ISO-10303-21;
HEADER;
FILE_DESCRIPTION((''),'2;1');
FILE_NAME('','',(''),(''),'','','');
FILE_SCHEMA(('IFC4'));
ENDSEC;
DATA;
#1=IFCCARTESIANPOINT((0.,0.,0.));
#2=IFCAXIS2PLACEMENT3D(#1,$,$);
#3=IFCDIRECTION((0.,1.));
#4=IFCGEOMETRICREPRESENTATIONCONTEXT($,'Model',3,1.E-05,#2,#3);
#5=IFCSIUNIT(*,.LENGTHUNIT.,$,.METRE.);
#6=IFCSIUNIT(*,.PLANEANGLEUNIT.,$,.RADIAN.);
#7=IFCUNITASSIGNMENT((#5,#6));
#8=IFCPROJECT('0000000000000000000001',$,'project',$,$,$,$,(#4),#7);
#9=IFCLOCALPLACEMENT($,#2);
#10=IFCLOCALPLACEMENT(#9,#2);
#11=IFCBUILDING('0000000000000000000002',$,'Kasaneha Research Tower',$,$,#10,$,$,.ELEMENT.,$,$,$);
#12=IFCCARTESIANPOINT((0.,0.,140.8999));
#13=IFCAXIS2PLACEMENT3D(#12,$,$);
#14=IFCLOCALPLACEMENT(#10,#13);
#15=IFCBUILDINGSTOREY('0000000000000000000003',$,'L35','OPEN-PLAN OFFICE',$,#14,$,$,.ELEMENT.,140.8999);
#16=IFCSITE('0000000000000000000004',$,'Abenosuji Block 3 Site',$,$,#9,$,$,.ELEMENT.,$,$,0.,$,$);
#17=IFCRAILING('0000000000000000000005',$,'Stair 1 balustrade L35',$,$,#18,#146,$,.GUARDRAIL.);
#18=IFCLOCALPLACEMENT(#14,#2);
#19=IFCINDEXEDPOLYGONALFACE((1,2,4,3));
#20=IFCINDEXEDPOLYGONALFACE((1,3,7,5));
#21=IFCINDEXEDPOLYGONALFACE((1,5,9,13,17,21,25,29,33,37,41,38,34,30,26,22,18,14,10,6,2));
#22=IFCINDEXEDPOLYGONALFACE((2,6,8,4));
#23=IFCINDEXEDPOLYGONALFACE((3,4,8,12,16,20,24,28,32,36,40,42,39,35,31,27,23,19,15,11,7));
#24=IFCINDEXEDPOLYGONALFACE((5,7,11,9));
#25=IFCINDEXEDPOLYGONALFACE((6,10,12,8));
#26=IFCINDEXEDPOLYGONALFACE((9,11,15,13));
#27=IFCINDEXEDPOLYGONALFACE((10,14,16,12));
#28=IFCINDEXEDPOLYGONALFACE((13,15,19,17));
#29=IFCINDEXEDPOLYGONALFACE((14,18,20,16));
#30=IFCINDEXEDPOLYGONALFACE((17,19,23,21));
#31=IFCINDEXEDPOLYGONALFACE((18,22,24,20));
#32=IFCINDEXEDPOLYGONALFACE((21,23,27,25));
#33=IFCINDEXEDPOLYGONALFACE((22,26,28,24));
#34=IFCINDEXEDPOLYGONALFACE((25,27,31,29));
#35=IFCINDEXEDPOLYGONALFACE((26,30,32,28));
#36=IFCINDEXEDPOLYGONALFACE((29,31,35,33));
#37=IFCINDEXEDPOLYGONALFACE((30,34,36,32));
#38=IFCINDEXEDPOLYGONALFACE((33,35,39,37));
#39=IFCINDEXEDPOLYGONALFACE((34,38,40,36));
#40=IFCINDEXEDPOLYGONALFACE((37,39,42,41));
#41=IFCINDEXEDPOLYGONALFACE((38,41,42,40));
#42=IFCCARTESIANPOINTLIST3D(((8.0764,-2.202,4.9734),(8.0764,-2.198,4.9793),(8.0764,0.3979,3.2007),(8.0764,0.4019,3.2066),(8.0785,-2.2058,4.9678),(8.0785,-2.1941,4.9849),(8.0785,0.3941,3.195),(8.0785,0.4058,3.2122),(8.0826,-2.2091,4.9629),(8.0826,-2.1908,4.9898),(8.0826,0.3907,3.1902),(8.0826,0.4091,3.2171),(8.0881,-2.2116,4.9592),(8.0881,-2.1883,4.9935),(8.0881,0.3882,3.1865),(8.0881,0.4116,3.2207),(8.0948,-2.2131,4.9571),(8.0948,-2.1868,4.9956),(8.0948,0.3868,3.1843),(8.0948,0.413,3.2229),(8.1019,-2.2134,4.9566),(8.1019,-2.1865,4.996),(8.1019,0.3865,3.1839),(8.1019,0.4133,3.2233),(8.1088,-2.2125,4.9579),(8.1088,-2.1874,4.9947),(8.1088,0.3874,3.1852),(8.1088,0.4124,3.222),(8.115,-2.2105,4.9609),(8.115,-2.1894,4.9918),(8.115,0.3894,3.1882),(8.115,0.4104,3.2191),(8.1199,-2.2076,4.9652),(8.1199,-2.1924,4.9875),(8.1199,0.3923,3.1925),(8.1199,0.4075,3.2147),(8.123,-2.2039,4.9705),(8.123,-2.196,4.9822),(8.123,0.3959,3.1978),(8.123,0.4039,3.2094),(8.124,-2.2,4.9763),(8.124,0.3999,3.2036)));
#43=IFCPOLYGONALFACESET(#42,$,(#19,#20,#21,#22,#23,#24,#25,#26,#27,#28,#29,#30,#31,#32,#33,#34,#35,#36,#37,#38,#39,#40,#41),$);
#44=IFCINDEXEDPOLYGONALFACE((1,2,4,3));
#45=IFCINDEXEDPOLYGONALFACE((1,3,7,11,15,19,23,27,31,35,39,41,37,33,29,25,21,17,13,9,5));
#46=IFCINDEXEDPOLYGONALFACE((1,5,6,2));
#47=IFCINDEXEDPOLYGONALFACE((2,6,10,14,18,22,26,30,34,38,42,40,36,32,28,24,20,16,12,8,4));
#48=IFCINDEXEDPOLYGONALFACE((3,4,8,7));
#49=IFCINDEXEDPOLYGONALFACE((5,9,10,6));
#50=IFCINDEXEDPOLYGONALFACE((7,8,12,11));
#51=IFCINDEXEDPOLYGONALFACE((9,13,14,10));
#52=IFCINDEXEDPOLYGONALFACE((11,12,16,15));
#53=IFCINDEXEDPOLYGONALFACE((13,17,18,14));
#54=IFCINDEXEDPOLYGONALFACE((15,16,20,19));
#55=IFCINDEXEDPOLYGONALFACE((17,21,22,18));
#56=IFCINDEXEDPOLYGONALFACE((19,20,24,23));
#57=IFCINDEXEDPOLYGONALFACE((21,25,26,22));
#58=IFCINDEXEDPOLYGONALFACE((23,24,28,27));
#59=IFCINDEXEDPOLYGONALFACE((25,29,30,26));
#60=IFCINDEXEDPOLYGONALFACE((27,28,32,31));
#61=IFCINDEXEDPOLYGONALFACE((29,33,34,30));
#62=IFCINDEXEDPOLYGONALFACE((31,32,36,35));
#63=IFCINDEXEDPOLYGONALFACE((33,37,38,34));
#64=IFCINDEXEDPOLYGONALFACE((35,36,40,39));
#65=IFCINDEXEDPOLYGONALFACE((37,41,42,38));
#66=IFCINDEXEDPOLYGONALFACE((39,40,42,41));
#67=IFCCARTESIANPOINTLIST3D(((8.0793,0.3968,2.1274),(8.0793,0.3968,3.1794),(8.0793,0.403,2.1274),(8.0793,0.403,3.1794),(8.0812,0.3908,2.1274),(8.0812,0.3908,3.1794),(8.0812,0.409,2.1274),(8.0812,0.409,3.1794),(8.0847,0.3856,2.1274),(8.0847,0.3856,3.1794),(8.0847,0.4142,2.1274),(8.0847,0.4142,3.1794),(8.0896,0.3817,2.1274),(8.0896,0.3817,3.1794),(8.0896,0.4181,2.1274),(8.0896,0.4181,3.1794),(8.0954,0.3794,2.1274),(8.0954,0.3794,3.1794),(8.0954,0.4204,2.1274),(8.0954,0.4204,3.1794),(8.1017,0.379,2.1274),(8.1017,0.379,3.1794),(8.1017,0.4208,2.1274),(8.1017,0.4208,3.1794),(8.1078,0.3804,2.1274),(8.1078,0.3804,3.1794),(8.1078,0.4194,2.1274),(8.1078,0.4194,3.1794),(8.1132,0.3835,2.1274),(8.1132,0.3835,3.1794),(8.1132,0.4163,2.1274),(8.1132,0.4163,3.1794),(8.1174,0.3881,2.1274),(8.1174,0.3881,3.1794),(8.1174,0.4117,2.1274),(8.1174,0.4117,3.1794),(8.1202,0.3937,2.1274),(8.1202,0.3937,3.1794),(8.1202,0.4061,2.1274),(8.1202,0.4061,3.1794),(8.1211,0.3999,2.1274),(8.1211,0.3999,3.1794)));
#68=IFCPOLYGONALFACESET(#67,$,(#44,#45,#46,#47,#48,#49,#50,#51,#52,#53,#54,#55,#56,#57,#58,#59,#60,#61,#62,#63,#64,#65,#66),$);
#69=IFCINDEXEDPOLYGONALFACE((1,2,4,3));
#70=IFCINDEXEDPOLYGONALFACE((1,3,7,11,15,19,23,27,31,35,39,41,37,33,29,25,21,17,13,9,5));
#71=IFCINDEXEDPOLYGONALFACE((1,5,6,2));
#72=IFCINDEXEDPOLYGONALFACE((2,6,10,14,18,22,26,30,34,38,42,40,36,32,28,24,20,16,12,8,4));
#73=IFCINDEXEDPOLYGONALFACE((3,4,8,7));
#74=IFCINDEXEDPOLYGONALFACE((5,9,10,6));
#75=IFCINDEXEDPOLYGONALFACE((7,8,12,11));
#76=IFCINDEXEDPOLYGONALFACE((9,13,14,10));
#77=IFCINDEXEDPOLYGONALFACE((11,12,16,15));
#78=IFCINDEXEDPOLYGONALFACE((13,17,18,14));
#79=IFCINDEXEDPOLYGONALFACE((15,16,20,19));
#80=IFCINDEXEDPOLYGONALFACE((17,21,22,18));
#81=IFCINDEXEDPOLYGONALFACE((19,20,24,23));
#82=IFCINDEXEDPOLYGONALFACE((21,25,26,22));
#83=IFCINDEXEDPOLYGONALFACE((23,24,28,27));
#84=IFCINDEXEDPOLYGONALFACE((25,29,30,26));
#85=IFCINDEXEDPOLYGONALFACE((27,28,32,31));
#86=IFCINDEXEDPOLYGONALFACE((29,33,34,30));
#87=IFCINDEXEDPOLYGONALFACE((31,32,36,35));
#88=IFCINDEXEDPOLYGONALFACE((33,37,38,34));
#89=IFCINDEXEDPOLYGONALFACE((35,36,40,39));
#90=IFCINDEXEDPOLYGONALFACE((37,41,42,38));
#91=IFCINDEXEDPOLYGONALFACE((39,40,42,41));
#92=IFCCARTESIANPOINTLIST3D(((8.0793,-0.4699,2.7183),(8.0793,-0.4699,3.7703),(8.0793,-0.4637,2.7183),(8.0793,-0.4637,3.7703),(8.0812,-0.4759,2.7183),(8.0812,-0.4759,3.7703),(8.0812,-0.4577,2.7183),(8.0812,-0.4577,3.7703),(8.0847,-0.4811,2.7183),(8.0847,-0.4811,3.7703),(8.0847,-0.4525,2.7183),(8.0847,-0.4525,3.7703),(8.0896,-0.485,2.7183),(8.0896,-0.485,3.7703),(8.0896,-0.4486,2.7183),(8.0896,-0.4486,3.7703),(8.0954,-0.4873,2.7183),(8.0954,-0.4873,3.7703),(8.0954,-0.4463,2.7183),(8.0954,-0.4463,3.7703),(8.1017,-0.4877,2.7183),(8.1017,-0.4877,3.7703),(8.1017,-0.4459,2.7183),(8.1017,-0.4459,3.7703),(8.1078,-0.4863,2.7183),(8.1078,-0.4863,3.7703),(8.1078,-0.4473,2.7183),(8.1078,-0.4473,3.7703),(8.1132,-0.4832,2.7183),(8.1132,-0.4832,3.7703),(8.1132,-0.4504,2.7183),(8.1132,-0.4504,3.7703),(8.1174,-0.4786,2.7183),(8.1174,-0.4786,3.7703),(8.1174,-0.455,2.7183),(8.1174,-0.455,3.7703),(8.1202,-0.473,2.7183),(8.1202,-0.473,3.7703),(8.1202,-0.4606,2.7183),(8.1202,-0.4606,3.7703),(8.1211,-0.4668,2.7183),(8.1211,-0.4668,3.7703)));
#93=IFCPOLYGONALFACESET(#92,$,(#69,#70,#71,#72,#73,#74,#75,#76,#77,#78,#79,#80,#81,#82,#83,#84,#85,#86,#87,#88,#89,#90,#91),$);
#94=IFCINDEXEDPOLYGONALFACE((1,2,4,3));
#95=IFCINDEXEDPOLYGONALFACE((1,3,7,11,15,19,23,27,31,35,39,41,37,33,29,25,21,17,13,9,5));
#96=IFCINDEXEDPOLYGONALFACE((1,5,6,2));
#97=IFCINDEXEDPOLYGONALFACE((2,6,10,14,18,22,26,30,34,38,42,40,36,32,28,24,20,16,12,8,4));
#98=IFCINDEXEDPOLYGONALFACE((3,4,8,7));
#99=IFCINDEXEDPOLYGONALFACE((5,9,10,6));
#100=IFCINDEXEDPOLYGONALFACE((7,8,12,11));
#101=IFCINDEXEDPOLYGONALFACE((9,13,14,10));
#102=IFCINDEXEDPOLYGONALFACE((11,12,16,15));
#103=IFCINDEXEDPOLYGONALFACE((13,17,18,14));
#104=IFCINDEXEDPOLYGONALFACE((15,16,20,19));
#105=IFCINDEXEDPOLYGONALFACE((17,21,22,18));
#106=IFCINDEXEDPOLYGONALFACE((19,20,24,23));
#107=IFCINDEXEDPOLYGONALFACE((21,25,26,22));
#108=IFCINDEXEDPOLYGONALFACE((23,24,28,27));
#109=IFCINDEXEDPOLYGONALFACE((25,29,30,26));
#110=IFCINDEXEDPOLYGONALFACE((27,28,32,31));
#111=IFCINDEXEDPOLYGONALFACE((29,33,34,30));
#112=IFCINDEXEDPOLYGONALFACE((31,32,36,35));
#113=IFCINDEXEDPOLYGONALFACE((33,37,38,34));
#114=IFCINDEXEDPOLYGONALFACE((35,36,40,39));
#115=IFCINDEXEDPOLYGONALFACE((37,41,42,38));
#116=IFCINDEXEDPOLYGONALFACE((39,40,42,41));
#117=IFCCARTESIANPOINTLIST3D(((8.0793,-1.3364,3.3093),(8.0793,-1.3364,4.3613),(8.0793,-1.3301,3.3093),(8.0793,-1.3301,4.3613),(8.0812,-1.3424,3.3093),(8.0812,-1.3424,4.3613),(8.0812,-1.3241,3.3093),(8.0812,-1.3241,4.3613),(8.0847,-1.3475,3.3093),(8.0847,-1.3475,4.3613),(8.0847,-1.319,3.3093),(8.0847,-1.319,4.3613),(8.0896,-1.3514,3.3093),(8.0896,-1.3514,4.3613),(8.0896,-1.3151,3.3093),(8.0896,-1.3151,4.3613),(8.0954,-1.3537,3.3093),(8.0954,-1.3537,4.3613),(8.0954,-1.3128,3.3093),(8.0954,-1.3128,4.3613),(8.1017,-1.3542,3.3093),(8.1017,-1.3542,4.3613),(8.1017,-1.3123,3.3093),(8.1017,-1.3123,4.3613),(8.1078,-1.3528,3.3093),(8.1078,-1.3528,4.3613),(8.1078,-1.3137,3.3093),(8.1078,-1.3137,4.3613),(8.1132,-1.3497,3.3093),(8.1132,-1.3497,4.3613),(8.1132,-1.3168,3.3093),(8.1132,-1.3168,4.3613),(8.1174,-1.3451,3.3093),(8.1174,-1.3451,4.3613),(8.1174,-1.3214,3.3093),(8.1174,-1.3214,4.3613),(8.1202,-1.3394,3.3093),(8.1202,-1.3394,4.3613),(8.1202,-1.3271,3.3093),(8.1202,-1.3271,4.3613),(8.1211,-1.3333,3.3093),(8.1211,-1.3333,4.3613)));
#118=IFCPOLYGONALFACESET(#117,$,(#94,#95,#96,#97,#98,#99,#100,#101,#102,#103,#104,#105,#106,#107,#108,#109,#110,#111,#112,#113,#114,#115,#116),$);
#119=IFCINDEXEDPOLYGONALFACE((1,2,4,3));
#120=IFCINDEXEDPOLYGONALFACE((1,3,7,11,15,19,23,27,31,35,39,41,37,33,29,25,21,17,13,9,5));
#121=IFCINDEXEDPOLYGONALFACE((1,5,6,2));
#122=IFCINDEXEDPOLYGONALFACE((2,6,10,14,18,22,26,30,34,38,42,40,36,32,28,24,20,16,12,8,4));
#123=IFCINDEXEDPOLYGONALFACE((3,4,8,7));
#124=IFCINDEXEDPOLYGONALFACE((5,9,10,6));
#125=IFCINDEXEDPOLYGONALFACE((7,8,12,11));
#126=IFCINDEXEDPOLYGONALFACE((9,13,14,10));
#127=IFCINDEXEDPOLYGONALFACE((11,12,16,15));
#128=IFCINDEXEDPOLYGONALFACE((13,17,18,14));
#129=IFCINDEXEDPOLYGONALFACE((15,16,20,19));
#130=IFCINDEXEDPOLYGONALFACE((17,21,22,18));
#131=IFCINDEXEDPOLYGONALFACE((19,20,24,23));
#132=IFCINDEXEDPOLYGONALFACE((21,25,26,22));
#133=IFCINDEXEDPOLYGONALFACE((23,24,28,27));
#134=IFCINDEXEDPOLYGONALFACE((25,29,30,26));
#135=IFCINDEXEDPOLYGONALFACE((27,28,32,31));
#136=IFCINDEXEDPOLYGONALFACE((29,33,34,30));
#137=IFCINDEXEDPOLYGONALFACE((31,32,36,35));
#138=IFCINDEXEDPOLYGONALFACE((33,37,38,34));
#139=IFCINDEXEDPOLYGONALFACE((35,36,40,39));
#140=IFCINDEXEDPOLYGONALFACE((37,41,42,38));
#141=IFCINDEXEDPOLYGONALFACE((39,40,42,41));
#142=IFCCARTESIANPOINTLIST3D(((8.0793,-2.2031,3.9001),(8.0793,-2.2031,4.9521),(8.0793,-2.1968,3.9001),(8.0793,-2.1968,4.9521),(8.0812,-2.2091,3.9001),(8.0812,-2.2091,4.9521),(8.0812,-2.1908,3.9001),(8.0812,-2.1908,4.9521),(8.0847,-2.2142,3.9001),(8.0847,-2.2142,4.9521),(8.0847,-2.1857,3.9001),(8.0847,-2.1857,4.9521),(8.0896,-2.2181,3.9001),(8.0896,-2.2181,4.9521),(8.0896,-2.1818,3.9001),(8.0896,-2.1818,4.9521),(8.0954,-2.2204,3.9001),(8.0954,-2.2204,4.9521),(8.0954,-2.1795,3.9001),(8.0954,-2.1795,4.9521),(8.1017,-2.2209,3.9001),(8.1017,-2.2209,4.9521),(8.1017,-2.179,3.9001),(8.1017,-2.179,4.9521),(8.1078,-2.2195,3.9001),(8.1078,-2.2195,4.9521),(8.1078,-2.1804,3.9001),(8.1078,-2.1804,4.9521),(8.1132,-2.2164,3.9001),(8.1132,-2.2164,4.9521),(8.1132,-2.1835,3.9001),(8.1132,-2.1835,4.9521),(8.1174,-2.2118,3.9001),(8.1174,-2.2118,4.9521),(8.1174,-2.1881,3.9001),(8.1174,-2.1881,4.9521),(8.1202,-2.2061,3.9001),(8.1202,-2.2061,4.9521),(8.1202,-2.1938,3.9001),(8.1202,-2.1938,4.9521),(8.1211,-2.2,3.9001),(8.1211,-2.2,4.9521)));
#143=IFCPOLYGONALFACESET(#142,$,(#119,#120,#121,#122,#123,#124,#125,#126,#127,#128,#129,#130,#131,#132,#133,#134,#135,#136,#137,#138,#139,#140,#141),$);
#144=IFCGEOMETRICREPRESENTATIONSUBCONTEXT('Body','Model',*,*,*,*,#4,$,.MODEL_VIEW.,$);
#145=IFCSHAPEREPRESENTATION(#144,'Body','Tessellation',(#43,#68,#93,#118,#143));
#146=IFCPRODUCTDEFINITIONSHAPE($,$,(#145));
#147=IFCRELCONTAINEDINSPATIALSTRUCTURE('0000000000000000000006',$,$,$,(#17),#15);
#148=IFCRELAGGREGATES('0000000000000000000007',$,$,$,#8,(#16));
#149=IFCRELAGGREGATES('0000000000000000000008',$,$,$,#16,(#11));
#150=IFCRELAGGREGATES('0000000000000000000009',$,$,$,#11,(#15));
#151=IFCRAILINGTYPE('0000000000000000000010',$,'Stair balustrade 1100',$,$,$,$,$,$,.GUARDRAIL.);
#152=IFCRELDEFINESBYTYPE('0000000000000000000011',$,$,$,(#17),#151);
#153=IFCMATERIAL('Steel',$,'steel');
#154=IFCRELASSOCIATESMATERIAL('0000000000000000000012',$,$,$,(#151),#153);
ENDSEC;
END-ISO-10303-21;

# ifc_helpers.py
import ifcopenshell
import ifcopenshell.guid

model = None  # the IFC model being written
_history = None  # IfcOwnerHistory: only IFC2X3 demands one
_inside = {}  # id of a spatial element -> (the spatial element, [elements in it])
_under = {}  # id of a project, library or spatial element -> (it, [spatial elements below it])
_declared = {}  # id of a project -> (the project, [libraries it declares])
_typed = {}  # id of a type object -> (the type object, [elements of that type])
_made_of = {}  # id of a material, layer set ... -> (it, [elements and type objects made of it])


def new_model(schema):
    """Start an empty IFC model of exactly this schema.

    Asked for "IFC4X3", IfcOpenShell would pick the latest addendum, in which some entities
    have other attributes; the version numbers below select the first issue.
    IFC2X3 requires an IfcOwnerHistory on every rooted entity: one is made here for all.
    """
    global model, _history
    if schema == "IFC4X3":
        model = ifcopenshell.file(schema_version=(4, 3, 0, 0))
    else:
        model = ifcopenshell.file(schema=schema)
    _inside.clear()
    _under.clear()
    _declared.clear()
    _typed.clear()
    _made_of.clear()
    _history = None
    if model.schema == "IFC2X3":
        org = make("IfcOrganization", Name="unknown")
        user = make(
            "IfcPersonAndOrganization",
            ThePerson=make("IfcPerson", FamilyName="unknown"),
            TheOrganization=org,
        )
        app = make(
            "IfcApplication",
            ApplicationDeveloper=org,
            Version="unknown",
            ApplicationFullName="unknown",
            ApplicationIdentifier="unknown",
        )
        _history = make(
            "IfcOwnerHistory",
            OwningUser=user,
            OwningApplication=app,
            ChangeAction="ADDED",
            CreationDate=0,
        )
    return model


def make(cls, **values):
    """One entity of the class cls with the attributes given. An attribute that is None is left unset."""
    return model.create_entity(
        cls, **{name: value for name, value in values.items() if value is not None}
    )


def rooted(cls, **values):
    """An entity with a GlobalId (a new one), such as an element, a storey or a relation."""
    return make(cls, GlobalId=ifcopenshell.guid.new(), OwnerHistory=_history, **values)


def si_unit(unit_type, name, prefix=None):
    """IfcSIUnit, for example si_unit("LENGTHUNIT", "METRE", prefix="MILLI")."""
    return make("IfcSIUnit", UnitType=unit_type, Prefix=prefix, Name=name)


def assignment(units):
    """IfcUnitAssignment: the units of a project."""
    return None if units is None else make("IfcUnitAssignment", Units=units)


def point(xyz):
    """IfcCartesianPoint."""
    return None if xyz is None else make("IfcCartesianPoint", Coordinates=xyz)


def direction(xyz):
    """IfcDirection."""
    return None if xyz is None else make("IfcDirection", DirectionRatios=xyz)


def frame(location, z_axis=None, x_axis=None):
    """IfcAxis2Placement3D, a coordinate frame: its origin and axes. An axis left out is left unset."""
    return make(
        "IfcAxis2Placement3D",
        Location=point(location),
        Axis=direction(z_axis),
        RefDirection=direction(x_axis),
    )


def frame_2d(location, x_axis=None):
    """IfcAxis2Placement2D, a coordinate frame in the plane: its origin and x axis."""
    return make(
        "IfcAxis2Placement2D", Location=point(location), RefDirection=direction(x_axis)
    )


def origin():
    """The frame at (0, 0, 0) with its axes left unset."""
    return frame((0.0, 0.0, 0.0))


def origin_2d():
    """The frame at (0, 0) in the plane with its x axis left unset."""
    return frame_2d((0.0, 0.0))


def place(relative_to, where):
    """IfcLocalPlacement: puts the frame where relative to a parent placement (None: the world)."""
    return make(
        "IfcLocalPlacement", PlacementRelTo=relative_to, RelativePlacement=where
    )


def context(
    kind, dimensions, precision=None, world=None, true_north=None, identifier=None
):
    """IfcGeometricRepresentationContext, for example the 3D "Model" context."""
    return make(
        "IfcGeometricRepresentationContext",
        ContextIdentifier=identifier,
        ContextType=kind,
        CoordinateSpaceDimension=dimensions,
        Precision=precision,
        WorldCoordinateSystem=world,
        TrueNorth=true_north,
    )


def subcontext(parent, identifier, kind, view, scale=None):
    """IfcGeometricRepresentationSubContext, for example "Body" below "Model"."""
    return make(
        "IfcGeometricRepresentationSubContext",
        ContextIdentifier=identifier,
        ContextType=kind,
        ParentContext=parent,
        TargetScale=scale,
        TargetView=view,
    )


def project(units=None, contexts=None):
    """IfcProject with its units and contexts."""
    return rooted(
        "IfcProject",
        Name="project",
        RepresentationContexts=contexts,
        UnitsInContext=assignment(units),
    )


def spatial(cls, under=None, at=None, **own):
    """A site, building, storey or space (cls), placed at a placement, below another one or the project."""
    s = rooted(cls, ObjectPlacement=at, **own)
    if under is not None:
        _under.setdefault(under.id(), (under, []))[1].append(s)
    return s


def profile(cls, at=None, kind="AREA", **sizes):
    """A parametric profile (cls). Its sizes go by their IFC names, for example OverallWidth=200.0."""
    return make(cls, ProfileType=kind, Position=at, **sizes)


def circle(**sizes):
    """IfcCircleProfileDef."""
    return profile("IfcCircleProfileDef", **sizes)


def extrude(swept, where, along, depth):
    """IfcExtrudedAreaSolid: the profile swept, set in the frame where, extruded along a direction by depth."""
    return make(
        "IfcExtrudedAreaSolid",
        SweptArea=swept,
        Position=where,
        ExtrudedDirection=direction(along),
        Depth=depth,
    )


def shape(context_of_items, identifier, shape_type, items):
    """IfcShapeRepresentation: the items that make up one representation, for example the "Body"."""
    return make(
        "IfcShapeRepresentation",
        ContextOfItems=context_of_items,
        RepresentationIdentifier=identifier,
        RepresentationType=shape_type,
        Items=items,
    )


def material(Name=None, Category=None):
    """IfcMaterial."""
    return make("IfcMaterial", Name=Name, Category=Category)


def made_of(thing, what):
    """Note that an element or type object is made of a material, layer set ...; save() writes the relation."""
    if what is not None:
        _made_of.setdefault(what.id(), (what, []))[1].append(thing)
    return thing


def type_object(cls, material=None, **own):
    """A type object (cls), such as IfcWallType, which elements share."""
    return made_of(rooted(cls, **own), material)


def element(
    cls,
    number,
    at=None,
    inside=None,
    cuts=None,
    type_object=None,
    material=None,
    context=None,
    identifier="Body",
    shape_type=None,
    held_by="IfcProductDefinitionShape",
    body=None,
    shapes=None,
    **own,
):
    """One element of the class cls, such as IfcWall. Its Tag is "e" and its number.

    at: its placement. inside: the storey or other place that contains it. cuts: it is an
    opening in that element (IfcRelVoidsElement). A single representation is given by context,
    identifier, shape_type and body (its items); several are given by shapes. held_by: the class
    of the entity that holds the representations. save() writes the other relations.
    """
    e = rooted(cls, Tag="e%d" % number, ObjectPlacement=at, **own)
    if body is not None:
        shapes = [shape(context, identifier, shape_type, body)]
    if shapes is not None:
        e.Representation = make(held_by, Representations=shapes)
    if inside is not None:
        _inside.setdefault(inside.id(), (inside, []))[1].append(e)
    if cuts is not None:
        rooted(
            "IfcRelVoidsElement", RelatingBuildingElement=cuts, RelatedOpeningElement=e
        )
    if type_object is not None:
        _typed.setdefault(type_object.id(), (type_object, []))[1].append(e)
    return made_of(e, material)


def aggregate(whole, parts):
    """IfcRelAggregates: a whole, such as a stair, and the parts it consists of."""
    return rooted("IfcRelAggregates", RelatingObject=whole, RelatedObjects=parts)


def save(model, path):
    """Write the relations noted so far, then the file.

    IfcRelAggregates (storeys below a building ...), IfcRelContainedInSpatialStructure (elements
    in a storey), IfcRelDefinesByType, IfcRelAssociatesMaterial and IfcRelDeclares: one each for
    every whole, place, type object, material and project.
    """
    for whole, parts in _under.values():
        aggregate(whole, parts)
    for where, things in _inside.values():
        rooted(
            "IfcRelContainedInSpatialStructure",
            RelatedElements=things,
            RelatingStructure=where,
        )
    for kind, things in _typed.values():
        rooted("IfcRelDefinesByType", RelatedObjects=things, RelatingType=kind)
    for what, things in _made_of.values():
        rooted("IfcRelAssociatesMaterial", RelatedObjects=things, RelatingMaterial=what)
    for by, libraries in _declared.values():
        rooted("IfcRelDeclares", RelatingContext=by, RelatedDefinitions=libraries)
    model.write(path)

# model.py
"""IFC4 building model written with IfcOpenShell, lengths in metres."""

from ifc_helpers import new_model, si_unit, direction, frame, origin, origin_2d, place, context, subcontext, project, spatial, circle, extrude, material, type_object, element, save


model = new_model("IFC4")

# Units and contexts
model_context = context("Model", 3, precision=1e-05, world=origin(), true_north=direction((0.0, 1.0)))
body_context = subcontext(model_context, "Body", "Model", "MODEL_VIEW")
ifc_project = project(units=[si_unit("LENGTHUNIT", "METRE"), si_unit("PLANEANGLEUNIT", "RADIAN")], contexts=[model_context])

# Site, building, storey
site_placement = place(None, origin())
site = spatial("IfcSite", under=ifc_project, at=site_placement, Name="Abenosuji Block 3 Site", CompositionType="ELEMENT", RefElevation=0.0)
building_placement = place(site_placement, origin())
building = spatial("IfcBuilding", under=site, at=building_placement, Name="Kasaneha Research Tower", CompositionType="ELEMENT")
storey_placement = place(building_placement, frame((0.0, 0.0, 140.8999)))
storey = spatial("IfcBuildingStorey", under=building, at=storey_placement, Name="L35", Description="OPEN-PLAN OFFICE", CompositionType="ELEMENT", Elevation=140.8999)

# Railing
ifc_material_1 = material(Name="Steel", Category="steel")
railing_type = type_object("IfcRailingType", Name="Stair balustrade 1100", PredefinedType="GUARDRAIL", material=ifc_material_1)
railing_placement = place(storey_placement, frame((8.1001, 0.3999, 2.1274)))
element("IfcRailing", 1, at=railing_placement, inside=storey, type_object=railing_type, Name="Stair 1 balustrade L35", PredefinedType="GUARDRAIL", context=body_context, shape_type="SweptSolid", body=[
    extrude(circle(Radius=0.0239, at=origin_2d()), frame((0.0, 0.0, 1.0762), z_axis=(0.0, -0.826216, 0.563354), x_axis=(1.0, 0.0, 0.0)), (0.0, 0.0, 1.0), 3.1467),
    extrude(circle(Radius=0.021, at=origin_2d()), origin(), (0.0, 0.0, 1.0), 1.052),
    extrude(circle(Radius=0.021, at=origin_2d()), frame((0.0, -0.8667, 0.5908)), (0.0, 0.0, 1.0), 1.052),
    extrude(circle(Radius=0.021, at=origin_2d()), frame((0.0, -1.7332, 1.1819)), (0.0, 0.0, 1.0), 1.052),
    extrude(circle(Radius=0.021, at=origin_2d()), frame((0.0, -2.5999, 1.7727)), (0.0, 0.0, 1.0), 1.052),
])

save(model, "model.ifc")
